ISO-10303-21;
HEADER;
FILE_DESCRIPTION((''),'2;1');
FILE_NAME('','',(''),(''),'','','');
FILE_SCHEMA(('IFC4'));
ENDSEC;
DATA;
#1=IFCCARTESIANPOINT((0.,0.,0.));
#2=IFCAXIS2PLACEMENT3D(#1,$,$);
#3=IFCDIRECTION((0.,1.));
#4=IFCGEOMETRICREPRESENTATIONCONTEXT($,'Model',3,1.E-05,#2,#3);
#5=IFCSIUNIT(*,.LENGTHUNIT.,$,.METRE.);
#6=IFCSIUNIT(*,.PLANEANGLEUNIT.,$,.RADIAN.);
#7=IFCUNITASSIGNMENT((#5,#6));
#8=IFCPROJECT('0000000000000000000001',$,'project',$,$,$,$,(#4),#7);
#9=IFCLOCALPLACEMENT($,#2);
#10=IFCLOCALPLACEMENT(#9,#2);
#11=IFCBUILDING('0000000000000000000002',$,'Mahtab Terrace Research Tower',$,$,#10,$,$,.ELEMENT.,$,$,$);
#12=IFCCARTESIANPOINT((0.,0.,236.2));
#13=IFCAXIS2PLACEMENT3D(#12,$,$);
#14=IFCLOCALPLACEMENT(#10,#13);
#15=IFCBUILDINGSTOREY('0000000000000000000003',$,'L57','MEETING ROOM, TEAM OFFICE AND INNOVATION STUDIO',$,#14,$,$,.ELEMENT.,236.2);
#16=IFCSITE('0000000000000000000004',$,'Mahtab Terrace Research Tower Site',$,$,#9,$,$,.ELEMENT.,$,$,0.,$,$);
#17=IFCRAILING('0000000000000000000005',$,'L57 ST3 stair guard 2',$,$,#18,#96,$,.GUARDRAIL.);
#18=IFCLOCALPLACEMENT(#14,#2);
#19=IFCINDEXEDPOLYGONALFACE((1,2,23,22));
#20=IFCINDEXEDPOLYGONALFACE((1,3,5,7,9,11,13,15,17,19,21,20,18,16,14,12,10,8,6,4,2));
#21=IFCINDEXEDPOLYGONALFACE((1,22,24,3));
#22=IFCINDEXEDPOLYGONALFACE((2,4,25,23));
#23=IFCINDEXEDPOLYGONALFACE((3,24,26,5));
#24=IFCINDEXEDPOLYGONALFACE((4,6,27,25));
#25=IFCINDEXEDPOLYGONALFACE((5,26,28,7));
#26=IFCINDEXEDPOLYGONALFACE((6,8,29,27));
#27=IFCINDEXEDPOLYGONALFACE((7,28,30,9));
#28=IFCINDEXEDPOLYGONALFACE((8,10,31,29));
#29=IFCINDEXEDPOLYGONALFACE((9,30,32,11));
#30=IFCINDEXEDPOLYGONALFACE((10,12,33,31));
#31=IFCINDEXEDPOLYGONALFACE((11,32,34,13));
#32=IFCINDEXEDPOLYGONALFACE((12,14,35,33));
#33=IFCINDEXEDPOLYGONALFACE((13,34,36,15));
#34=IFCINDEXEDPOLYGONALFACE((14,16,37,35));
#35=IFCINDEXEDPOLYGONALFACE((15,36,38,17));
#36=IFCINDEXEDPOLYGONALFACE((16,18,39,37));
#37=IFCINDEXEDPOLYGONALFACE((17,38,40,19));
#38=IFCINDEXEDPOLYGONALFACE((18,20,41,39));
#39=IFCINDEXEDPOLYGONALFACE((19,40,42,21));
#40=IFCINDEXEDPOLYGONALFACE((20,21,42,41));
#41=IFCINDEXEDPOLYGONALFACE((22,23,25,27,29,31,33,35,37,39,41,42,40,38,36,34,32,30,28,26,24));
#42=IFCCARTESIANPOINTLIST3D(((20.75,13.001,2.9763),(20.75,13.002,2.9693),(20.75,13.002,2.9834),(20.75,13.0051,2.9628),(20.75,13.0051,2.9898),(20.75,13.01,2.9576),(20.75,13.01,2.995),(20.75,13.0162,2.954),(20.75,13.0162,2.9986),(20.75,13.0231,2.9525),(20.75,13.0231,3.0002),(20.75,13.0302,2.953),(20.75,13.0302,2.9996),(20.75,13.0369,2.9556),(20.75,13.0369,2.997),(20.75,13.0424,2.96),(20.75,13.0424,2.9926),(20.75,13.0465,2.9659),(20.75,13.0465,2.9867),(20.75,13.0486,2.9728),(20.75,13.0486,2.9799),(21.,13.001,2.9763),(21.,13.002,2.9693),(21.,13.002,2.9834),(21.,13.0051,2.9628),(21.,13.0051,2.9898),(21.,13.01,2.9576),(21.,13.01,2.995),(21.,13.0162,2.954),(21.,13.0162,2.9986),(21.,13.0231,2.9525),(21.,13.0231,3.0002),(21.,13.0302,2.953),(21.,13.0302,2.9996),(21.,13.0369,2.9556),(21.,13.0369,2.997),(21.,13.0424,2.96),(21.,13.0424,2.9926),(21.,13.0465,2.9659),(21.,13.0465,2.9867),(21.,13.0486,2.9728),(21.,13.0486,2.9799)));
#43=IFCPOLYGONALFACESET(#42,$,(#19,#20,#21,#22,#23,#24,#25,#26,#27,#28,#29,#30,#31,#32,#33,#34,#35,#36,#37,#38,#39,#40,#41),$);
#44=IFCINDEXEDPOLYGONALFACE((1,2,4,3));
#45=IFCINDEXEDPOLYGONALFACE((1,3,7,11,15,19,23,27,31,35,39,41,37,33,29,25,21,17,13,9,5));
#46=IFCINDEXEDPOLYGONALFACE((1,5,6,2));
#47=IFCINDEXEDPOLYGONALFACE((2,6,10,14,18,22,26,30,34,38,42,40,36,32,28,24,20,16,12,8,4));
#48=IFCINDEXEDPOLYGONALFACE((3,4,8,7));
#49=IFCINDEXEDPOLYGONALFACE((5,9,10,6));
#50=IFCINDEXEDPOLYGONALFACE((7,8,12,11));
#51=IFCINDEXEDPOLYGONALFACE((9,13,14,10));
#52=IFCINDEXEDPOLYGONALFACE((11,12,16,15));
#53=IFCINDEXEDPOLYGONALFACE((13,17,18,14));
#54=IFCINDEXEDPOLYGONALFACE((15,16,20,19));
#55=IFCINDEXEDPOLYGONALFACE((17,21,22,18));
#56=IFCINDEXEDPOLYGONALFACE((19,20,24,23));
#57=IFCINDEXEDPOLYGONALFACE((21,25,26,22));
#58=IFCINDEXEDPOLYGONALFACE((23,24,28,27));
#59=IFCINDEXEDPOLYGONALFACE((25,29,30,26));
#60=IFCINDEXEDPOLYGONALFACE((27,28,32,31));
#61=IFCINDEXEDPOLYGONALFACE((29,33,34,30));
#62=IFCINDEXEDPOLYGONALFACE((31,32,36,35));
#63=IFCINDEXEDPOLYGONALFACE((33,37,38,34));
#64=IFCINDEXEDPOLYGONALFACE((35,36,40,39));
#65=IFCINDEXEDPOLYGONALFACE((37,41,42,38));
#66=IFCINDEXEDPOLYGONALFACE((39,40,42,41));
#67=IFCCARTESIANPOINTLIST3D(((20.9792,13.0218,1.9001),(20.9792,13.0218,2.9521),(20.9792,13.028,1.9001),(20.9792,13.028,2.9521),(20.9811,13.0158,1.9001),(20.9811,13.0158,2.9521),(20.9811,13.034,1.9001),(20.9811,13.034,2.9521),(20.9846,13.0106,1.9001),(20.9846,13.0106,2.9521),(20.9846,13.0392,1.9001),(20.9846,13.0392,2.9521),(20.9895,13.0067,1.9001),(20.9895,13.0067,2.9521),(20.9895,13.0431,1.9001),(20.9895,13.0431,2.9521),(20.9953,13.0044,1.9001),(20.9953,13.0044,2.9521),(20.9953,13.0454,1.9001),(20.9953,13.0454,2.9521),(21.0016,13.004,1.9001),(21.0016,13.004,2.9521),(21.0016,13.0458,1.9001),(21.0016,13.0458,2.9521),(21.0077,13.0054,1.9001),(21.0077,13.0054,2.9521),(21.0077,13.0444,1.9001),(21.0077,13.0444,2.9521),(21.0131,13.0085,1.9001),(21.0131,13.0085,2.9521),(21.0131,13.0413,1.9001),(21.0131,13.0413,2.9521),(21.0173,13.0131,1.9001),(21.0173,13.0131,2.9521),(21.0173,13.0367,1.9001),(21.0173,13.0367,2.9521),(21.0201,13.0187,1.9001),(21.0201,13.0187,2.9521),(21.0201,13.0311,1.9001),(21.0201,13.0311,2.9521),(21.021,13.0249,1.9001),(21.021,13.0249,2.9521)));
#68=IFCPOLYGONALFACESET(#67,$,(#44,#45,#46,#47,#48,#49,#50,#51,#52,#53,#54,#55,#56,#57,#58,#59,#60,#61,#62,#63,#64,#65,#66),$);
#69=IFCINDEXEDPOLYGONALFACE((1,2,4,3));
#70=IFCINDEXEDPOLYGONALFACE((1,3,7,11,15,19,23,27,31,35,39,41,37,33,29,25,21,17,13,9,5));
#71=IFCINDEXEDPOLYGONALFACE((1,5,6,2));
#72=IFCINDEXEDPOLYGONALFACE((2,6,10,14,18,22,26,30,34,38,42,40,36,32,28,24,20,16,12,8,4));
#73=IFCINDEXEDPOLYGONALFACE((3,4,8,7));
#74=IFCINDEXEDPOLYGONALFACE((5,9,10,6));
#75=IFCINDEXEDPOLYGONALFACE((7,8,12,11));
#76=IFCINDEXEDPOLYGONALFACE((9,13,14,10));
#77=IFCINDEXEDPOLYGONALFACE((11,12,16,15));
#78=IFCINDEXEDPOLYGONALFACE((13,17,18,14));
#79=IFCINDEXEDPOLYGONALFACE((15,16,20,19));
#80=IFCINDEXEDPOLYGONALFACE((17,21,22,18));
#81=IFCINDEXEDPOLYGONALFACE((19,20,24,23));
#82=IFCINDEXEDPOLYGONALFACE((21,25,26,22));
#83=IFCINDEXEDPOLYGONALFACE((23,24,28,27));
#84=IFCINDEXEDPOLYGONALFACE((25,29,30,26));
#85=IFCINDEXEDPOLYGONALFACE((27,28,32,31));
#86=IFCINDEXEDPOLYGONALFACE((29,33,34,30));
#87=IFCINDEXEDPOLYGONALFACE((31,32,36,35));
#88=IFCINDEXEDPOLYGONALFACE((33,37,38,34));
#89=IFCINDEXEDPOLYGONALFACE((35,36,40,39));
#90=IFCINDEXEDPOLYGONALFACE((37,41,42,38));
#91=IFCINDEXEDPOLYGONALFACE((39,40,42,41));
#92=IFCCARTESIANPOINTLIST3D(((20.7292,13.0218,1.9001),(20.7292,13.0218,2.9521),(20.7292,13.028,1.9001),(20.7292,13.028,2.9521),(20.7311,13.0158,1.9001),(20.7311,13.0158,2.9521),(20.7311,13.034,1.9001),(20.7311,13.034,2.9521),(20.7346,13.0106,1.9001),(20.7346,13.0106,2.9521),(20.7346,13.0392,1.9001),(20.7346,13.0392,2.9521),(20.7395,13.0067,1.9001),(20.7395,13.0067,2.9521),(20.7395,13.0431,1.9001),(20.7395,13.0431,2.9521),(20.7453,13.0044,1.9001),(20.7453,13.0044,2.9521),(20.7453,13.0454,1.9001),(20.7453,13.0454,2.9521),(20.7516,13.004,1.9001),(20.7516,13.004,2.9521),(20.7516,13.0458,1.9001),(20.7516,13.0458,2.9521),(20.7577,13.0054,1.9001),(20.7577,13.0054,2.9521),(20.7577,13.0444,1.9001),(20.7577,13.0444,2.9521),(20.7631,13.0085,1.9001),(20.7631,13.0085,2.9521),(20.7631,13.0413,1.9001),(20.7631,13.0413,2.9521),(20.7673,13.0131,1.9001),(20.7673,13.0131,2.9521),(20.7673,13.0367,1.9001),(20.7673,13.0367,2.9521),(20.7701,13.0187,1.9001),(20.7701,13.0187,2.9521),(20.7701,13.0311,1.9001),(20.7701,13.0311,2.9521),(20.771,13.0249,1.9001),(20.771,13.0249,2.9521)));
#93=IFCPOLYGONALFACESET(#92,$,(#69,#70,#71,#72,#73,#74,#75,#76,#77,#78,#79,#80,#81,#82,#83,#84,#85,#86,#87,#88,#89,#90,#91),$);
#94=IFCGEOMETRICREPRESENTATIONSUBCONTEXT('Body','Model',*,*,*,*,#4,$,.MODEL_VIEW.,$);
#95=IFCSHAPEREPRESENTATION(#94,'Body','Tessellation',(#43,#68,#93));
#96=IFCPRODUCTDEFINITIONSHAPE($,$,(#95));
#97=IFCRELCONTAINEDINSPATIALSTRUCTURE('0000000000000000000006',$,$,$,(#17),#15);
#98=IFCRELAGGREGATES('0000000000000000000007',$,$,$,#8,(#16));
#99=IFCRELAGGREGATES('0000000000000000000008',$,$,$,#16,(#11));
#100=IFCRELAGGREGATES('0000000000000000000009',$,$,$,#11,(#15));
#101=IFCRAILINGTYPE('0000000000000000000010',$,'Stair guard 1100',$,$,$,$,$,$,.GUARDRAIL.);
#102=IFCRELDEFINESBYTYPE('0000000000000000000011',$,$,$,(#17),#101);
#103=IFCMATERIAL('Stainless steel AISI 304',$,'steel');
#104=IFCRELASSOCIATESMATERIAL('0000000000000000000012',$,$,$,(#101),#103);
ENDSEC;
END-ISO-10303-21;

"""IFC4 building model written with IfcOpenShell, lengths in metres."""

from ifc_helpers import new_model, si_unit, direction, frame, origin, origin_2d, place, context, subcontext, project, spatial, circle, extrude, material, type_object, element, save


model = new_model("IFC4")

# Units and contexts
model_context = context("Model", 3, precision=1e-05, world=origin(), true_north=direction((0.0, 1.0)))
body_context = subcontext(model_context, "Body", "Model", "MODEL_VIEW")
ifc_project = project(units=[si_unit("LENGTHUNIT", "METRE"), si_unit("PLANEANGLEUNIT", "RADIAN")], contexts=[model_context])

# Site, building, storey
site_placement = place(None, origin())
site = spatial("IfcSite", under=ifc_project, at=site_placement, Name="Mahtab Terrace Research Tower Site", CompositionType="ELEMENT", RefElevation=0.0)
building_placement = place(site_placement, origin())
building = spatial("IfcBuilding", under=site, at=building_placement, Name="Mahtab Terrace Research Tower", CompositionType="ELEMENT")
storey_placement = place(building_placement, frame((0.0, 0.0, 236.2)))
storey = spatial("IfcBuildingStorey", under=building, at=storey_placement, Name="L57", Description="MEETING ROOM, TEAM OFFICE AND INNOVATION STUDIO", CompositionType="ELEMENT", Elevation=236.2)

# Shared definitions
ifc_material_1 = material(Name="Stainless steel AISI 304", Category="steel")

# Railing
railing_type_1 = type_object("IfcRailingType", Name="Stair guard 1100", PredefinedType="GUARDRAIL", material=ifc_material_1)
railing_1_placement = place(storey_placement, frame((21.0, 13.0249, 1.9001)))
element("IfcRailing", 1, at=railing_1_placement, inside=storey, type_object=railing_type_1, Name="L57 ST3 stair guard 2", PredefinedType="GUARDRAIL", context=body_context, shape_type="SweptSolid", body=[
    extrude(circle(Radius=0.0239, at=origin_2d()), frame((0.0, 0.0, 1.0762), z_axis=(-1.0, 0.0, 0.0), x_axis=(0.0, -1.0, 0.0)), (0.0, 0.0, 1.0), 0.25),
    extrude(circle(Radius=0.021, at=origin_2d()), origin(), (0.0, 0.0, 1.0), 1.052),
    extrude(circle(Radius=0.021, at=origin_2d()), frame((-0.25, 0.0, 0.0)), (0.0, 0.0, 1.0), 1.052),
])

save(model, "model.ifc")
